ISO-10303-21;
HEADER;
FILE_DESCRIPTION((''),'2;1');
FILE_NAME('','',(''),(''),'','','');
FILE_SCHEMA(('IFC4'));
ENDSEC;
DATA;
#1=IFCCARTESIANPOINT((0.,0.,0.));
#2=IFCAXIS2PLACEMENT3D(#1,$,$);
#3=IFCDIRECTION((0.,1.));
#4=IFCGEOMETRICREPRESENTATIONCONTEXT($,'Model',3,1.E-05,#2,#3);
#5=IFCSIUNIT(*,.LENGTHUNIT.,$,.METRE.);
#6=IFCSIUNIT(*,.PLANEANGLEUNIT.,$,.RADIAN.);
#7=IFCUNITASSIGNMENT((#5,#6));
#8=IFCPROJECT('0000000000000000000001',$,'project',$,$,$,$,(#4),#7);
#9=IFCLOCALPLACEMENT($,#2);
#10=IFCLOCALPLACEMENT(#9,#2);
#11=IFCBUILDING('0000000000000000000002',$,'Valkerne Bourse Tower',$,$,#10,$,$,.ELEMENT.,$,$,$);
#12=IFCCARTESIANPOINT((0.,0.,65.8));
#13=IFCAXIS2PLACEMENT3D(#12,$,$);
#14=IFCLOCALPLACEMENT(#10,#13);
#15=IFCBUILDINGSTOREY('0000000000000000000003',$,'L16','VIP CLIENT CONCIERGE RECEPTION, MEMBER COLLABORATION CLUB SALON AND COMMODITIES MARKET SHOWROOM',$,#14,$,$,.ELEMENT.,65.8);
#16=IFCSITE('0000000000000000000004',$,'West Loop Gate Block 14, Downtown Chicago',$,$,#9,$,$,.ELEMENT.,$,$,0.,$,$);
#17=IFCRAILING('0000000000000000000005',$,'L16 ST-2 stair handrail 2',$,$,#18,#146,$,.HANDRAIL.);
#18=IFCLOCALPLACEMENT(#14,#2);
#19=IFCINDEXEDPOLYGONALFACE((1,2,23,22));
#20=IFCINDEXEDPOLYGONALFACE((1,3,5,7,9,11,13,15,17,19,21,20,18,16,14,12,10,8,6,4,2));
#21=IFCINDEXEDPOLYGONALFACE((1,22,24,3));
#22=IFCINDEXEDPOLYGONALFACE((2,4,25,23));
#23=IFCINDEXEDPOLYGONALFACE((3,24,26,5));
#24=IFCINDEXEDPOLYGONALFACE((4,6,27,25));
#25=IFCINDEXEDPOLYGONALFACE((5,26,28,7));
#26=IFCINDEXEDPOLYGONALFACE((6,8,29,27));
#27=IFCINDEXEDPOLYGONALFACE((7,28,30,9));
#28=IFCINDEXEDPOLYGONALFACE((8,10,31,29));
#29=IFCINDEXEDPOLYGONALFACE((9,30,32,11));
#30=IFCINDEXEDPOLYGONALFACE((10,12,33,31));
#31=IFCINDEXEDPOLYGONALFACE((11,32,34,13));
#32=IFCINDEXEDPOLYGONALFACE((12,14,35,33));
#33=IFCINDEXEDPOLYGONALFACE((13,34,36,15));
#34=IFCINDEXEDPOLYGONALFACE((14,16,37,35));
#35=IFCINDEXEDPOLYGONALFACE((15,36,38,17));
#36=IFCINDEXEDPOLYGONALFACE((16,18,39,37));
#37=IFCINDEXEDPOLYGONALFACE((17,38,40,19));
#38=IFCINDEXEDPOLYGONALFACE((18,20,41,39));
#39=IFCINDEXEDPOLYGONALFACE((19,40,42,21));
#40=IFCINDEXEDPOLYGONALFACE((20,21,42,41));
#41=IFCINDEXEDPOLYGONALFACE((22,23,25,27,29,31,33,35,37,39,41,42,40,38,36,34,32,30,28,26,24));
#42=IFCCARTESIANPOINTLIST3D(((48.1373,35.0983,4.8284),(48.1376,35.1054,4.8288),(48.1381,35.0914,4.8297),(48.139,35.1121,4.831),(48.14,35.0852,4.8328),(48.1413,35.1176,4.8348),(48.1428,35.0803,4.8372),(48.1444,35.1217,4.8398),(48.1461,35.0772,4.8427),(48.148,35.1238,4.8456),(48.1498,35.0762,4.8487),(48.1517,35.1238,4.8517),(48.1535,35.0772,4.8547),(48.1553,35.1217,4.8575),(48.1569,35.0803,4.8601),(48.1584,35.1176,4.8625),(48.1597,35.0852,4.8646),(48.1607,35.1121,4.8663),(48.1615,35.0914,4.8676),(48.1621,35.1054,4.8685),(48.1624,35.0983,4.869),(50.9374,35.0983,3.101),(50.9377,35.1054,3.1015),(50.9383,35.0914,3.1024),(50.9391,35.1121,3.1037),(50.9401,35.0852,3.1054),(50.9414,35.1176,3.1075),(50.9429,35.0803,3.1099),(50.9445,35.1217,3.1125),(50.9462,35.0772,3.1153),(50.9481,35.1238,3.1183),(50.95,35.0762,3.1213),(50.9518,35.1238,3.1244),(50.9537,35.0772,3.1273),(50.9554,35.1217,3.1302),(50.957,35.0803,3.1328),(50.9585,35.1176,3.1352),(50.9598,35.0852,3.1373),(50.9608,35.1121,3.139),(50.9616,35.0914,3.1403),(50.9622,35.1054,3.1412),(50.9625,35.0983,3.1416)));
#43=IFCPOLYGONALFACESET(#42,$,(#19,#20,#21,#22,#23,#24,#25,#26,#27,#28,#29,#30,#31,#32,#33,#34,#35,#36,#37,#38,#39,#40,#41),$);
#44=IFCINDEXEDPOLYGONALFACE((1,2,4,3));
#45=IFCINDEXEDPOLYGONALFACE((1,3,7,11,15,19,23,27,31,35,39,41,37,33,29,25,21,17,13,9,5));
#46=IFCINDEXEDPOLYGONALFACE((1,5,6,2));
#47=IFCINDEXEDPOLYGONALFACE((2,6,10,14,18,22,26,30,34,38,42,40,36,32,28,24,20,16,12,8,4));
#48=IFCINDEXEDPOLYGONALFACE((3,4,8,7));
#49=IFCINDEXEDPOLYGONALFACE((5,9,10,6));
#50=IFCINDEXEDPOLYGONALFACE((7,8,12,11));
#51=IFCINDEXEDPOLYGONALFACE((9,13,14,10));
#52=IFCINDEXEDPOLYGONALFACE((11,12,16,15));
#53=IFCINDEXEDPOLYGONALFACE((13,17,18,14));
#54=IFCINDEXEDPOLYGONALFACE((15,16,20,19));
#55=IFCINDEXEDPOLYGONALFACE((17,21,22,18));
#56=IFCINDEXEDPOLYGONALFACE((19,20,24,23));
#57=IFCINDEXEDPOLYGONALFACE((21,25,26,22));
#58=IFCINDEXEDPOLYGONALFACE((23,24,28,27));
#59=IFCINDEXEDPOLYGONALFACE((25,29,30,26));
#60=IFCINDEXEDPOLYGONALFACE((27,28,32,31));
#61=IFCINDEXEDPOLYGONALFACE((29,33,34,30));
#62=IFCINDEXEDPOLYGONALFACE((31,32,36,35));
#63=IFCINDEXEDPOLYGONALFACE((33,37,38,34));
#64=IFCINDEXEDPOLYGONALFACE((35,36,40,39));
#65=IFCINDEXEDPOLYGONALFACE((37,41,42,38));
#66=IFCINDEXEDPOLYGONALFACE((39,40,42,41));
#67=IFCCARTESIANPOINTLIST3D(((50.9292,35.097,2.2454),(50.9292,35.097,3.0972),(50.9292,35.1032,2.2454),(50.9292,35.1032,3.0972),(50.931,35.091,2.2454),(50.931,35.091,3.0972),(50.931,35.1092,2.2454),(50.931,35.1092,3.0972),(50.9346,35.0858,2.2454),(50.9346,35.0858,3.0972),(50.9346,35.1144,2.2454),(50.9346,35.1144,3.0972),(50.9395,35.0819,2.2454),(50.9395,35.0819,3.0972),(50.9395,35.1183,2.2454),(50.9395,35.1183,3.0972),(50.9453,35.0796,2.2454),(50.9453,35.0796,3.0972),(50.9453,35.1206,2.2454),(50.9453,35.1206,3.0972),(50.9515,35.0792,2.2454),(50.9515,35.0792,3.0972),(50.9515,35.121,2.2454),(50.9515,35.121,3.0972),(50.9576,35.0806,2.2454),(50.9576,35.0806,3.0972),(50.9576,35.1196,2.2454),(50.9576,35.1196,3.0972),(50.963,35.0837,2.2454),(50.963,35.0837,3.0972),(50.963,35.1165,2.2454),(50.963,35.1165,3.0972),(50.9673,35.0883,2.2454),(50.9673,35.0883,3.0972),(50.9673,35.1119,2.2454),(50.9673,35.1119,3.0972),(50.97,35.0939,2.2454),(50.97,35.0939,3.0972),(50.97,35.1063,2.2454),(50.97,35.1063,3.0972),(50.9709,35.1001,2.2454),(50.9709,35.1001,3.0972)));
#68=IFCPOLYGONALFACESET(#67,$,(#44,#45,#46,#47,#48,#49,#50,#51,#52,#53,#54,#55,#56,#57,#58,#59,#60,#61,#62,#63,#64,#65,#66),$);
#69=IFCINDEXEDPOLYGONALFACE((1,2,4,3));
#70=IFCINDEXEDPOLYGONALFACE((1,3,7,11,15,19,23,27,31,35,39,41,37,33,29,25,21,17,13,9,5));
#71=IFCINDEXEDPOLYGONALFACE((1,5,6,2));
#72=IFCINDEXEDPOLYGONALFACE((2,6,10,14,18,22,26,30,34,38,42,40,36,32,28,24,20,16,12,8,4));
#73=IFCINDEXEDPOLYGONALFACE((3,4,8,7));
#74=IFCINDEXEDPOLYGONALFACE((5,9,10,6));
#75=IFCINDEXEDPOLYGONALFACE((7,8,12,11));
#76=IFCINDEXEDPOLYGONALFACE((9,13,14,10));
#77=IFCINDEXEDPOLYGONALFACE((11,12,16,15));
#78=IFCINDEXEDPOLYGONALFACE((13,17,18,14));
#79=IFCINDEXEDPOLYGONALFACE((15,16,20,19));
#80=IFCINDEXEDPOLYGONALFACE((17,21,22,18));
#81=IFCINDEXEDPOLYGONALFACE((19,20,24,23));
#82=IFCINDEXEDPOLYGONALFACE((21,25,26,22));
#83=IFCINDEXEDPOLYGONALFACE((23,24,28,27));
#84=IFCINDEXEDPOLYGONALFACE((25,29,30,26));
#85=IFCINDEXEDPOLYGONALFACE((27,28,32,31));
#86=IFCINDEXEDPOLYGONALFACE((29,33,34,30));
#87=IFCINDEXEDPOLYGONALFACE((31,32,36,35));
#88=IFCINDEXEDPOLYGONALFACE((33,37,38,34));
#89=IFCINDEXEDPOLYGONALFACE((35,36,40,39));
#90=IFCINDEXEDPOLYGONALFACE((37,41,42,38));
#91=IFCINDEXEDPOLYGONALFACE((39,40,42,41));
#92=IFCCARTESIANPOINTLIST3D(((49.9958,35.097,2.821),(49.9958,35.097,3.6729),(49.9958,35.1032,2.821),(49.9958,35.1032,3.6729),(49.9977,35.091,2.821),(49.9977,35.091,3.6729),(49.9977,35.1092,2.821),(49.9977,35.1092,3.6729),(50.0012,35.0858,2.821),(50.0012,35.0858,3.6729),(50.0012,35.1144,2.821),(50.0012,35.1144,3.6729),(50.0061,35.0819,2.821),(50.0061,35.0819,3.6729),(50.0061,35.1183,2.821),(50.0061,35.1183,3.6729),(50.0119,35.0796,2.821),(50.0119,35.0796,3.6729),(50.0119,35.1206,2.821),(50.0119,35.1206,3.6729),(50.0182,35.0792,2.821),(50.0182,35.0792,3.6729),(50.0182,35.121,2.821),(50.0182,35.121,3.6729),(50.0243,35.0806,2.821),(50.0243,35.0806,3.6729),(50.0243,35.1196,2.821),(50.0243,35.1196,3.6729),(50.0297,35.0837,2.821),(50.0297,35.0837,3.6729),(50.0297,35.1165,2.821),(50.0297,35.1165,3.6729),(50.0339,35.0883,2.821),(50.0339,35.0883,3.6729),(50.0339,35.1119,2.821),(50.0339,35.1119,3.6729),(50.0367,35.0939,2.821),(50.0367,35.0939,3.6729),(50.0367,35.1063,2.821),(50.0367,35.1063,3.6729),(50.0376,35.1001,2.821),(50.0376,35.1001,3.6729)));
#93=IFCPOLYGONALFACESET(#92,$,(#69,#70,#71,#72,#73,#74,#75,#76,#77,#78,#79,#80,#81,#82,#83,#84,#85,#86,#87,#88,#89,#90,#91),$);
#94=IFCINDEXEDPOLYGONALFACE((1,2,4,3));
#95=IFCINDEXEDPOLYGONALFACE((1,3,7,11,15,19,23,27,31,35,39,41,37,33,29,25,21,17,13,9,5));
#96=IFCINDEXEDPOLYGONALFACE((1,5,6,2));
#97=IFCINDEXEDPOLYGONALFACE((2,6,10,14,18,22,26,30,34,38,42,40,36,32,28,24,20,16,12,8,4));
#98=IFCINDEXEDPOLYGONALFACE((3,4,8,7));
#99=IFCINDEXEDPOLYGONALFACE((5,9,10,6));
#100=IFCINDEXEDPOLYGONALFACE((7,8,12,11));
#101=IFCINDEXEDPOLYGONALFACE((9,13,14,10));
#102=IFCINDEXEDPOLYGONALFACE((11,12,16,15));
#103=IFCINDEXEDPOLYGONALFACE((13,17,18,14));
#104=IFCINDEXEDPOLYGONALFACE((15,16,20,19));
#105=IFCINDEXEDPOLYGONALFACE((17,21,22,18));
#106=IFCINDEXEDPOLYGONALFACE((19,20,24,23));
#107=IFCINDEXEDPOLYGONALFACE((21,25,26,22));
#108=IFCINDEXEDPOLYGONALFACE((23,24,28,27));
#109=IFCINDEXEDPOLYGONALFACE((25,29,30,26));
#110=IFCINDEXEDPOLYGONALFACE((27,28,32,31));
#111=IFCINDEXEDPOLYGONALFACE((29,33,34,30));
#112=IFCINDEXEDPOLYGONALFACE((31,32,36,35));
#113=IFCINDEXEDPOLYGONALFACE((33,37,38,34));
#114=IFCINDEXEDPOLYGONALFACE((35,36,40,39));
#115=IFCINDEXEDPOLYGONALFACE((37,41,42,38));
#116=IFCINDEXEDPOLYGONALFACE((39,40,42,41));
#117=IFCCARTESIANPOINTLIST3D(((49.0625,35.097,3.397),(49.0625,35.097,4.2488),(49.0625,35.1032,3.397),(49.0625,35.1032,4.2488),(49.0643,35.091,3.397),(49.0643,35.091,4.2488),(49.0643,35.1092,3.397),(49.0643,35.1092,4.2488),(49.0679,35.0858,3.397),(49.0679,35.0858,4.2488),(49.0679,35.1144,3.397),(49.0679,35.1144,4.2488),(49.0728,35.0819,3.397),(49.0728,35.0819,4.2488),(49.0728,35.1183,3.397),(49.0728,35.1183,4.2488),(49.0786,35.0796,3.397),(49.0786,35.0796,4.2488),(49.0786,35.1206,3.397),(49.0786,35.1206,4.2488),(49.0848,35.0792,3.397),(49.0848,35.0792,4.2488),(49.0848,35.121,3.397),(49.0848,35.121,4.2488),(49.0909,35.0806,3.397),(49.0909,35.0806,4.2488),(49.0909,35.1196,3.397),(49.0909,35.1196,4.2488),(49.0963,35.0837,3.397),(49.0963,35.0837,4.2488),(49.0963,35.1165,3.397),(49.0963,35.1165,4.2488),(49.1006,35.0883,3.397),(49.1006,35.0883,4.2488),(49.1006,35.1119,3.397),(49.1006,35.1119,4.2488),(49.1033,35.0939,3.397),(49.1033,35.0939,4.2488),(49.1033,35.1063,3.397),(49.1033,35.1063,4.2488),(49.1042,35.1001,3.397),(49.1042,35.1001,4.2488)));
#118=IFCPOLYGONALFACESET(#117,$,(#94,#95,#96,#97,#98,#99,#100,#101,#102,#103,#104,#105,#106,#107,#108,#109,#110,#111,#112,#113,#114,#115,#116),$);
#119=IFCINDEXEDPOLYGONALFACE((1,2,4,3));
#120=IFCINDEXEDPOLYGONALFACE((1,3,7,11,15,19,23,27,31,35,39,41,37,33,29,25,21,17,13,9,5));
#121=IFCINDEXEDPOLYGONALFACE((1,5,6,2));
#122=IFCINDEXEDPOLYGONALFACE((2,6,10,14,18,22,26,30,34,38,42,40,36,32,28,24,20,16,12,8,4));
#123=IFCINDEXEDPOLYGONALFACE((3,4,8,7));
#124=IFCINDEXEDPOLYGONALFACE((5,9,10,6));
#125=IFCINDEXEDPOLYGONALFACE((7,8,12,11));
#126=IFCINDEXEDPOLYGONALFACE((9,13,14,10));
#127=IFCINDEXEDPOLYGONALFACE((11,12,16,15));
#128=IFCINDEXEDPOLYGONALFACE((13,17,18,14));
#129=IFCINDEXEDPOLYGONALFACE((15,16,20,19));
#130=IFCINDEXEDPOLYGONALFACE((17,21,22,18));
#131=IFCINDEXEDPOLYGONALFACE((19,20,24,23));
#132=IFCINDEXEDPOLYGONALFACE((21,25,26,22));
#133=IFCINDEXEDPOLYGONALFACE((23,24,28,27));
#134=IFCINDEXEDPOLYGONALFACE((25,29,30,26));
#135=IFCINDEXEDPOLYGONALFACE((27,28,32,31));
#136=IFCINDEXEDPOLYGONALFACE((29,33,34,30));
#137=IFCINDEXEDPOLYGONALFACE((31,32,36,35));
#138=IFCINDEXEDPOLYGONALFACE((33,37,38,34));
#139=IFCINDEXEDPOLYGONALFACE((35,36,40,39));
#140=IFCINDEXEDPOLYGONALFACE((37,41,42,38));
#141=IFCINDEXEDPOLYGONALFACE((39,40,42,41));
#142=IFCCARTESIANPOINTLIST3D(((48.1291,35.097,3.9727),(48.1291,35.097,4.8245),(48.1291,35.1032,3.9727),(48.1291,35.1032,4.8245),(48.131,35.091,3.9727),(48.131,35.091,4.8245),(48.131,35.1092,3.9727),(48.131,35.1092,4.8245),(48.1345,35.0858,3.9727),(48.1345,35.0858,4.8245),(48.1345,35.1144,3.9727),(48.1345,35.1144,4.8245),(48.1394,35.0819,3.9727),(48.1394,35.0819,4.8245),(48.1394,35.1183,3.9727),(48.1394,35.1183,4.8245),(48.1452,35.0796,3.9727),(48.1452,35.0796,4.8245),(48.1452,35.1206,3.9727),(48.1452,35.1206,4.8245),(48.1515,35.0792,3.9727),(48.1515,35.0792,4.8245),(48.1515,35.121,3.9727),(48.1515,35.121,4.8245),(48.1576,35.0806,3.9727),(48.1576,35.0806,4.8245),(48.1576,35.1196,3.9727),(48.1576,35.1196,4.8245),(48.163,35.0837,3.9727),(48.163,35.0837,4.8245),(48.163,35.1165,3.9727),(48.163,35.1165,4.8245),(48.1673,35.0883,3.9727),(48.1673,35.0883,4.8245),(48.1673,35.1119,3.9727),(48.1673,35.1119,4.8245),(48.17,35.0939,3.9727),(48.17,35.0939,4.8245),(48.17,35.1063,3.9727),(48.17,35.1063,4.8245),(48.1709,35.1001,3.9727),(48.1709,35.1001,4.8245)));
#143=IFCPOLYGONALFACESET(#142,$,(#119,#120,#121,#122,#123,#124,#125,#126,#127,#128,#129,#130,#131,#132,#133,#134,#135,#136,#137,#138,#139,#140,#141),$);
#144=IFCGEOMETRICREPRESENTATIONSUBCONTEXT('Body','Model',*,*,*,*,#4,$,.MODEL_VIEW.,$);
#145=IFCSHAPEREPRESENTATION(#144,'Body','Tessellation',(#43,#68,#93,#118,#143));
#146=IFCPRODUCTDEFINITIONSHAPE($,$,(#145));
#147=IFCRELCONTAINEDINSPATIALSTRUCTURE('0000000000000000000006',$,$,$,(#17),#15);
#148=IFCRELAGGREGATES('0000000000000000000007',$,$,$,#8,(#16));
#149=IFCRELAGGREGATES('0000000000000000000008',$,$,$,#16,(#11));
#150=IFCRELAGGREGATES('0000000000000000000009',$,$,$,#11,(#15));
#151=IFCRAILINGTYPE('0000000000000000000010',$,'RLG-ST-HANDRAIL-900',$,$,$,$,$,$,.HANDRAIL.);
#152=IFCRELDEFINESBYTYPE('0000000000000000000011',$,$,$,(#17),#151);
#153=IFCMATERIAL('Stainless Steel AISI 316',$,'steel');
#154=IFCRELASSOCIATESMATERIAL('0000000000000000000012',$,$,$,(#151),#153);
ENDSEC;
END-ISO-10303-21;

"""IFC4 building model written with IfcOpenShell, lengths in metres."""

from ifc_helpers import new_model, si_unit, direction, frame, origin, origin_2d, place, context, subcontext, project, spatial, circle, extrude, material, type_object, element, save


model = new_model("IFC4")

# Units and contexts
model_context = context("Model", 3, precision=1e-05, world=origin(), true_north=direction((0.0, 1.0)))
body_context = subcontext(model_context, "Body", "Model", "MODEL_VIEW")
ifc_project = project(units=[si_unit("LENGTHUNIT", "METRE"), si_unit("PLANEANGLEUNIT", "RADIAN")], contexts=[model_context])

# Site, building, storey
site_placement = place(None, origin())
site = spatial("IfcSite", under=ifc_project, at=site_placement, Name="West Loop Gate Block 14, Downtown Chicago", CompositionType="ELEMENT", RefElevation=0.0)
building_placement = place(site_placement, origin())
building = spatial("IfcBuilding", under=site, at=building_placement, Name="Valkerne Bourse Tower", CompositionType="ELEMENT")
storey_placement = place(building_placement, frame((0.0, 0.0, 65.8)))
storey = spatial("IfcBuildingStorey", under=building, at=storey_placement, Name="L16", Description="VIP CLIENT CONCIERGE RECEPTION, MEMBER COLLABORATION CLUB SALON AND COMMODITIES MARKET SHOWROOM", CompositionType="ELEMENT", Elevation=65.8)

# Shared definitions
ifc_material_1 = material(Name="Stainless Steel AISI 316", Category="steel")

# Railing
railing_type_1 = type_object("IfcRailingType", Name="RLG-ST-HANDRAIL-900", PredefinedType="HANDRAIL", material=ifc_material_1)
railing_1_placement = place(storey_placement, frame((50.95, 35.1001, 2.2454)))
element("IfcRailing", 1, at=railing_1_placement, inside=storey, type_object=railing_type_1, Name="L16 ST-2 stair handrail 2", PredefinedType="HANDRAIL", context=body_context, shape_type="SweptSolid", body=[
    extrude(circle(Radius=0.0239, at=origin_2d()), frame((0.0, 0.0, 0.876), z_axis=(-0.85109, 0.0, 0.52502), x_axis=(0.0, -1.0, 0.0)), (0.0, 0.0, 1.0), 3.29),
    extrude(circle(Radius=0.021, at=origin_2d()), origin(), (0.0, 0.0, 1.0), 0.8518),
    extrude(circle(Radius=0.021, at=origin_2d()), frame((-0.9333, 0.0, 0.5757)), (0.0, 0.0, 1.0), 0.8518),
    extrude(circle(Radius=0.021, at=origin_2d()), frame((-1.8667, 0.0, 1.1516)), (0.0, 0.0, 1.0), 0.8518),
    extrude(circle(Radius=0.021, at=origin_2d()), frame((-2.8, 0.0, 1.7273)), (0.0, 0.0, 1.0), 0.8518),
])

save(model, "model.ifc")
